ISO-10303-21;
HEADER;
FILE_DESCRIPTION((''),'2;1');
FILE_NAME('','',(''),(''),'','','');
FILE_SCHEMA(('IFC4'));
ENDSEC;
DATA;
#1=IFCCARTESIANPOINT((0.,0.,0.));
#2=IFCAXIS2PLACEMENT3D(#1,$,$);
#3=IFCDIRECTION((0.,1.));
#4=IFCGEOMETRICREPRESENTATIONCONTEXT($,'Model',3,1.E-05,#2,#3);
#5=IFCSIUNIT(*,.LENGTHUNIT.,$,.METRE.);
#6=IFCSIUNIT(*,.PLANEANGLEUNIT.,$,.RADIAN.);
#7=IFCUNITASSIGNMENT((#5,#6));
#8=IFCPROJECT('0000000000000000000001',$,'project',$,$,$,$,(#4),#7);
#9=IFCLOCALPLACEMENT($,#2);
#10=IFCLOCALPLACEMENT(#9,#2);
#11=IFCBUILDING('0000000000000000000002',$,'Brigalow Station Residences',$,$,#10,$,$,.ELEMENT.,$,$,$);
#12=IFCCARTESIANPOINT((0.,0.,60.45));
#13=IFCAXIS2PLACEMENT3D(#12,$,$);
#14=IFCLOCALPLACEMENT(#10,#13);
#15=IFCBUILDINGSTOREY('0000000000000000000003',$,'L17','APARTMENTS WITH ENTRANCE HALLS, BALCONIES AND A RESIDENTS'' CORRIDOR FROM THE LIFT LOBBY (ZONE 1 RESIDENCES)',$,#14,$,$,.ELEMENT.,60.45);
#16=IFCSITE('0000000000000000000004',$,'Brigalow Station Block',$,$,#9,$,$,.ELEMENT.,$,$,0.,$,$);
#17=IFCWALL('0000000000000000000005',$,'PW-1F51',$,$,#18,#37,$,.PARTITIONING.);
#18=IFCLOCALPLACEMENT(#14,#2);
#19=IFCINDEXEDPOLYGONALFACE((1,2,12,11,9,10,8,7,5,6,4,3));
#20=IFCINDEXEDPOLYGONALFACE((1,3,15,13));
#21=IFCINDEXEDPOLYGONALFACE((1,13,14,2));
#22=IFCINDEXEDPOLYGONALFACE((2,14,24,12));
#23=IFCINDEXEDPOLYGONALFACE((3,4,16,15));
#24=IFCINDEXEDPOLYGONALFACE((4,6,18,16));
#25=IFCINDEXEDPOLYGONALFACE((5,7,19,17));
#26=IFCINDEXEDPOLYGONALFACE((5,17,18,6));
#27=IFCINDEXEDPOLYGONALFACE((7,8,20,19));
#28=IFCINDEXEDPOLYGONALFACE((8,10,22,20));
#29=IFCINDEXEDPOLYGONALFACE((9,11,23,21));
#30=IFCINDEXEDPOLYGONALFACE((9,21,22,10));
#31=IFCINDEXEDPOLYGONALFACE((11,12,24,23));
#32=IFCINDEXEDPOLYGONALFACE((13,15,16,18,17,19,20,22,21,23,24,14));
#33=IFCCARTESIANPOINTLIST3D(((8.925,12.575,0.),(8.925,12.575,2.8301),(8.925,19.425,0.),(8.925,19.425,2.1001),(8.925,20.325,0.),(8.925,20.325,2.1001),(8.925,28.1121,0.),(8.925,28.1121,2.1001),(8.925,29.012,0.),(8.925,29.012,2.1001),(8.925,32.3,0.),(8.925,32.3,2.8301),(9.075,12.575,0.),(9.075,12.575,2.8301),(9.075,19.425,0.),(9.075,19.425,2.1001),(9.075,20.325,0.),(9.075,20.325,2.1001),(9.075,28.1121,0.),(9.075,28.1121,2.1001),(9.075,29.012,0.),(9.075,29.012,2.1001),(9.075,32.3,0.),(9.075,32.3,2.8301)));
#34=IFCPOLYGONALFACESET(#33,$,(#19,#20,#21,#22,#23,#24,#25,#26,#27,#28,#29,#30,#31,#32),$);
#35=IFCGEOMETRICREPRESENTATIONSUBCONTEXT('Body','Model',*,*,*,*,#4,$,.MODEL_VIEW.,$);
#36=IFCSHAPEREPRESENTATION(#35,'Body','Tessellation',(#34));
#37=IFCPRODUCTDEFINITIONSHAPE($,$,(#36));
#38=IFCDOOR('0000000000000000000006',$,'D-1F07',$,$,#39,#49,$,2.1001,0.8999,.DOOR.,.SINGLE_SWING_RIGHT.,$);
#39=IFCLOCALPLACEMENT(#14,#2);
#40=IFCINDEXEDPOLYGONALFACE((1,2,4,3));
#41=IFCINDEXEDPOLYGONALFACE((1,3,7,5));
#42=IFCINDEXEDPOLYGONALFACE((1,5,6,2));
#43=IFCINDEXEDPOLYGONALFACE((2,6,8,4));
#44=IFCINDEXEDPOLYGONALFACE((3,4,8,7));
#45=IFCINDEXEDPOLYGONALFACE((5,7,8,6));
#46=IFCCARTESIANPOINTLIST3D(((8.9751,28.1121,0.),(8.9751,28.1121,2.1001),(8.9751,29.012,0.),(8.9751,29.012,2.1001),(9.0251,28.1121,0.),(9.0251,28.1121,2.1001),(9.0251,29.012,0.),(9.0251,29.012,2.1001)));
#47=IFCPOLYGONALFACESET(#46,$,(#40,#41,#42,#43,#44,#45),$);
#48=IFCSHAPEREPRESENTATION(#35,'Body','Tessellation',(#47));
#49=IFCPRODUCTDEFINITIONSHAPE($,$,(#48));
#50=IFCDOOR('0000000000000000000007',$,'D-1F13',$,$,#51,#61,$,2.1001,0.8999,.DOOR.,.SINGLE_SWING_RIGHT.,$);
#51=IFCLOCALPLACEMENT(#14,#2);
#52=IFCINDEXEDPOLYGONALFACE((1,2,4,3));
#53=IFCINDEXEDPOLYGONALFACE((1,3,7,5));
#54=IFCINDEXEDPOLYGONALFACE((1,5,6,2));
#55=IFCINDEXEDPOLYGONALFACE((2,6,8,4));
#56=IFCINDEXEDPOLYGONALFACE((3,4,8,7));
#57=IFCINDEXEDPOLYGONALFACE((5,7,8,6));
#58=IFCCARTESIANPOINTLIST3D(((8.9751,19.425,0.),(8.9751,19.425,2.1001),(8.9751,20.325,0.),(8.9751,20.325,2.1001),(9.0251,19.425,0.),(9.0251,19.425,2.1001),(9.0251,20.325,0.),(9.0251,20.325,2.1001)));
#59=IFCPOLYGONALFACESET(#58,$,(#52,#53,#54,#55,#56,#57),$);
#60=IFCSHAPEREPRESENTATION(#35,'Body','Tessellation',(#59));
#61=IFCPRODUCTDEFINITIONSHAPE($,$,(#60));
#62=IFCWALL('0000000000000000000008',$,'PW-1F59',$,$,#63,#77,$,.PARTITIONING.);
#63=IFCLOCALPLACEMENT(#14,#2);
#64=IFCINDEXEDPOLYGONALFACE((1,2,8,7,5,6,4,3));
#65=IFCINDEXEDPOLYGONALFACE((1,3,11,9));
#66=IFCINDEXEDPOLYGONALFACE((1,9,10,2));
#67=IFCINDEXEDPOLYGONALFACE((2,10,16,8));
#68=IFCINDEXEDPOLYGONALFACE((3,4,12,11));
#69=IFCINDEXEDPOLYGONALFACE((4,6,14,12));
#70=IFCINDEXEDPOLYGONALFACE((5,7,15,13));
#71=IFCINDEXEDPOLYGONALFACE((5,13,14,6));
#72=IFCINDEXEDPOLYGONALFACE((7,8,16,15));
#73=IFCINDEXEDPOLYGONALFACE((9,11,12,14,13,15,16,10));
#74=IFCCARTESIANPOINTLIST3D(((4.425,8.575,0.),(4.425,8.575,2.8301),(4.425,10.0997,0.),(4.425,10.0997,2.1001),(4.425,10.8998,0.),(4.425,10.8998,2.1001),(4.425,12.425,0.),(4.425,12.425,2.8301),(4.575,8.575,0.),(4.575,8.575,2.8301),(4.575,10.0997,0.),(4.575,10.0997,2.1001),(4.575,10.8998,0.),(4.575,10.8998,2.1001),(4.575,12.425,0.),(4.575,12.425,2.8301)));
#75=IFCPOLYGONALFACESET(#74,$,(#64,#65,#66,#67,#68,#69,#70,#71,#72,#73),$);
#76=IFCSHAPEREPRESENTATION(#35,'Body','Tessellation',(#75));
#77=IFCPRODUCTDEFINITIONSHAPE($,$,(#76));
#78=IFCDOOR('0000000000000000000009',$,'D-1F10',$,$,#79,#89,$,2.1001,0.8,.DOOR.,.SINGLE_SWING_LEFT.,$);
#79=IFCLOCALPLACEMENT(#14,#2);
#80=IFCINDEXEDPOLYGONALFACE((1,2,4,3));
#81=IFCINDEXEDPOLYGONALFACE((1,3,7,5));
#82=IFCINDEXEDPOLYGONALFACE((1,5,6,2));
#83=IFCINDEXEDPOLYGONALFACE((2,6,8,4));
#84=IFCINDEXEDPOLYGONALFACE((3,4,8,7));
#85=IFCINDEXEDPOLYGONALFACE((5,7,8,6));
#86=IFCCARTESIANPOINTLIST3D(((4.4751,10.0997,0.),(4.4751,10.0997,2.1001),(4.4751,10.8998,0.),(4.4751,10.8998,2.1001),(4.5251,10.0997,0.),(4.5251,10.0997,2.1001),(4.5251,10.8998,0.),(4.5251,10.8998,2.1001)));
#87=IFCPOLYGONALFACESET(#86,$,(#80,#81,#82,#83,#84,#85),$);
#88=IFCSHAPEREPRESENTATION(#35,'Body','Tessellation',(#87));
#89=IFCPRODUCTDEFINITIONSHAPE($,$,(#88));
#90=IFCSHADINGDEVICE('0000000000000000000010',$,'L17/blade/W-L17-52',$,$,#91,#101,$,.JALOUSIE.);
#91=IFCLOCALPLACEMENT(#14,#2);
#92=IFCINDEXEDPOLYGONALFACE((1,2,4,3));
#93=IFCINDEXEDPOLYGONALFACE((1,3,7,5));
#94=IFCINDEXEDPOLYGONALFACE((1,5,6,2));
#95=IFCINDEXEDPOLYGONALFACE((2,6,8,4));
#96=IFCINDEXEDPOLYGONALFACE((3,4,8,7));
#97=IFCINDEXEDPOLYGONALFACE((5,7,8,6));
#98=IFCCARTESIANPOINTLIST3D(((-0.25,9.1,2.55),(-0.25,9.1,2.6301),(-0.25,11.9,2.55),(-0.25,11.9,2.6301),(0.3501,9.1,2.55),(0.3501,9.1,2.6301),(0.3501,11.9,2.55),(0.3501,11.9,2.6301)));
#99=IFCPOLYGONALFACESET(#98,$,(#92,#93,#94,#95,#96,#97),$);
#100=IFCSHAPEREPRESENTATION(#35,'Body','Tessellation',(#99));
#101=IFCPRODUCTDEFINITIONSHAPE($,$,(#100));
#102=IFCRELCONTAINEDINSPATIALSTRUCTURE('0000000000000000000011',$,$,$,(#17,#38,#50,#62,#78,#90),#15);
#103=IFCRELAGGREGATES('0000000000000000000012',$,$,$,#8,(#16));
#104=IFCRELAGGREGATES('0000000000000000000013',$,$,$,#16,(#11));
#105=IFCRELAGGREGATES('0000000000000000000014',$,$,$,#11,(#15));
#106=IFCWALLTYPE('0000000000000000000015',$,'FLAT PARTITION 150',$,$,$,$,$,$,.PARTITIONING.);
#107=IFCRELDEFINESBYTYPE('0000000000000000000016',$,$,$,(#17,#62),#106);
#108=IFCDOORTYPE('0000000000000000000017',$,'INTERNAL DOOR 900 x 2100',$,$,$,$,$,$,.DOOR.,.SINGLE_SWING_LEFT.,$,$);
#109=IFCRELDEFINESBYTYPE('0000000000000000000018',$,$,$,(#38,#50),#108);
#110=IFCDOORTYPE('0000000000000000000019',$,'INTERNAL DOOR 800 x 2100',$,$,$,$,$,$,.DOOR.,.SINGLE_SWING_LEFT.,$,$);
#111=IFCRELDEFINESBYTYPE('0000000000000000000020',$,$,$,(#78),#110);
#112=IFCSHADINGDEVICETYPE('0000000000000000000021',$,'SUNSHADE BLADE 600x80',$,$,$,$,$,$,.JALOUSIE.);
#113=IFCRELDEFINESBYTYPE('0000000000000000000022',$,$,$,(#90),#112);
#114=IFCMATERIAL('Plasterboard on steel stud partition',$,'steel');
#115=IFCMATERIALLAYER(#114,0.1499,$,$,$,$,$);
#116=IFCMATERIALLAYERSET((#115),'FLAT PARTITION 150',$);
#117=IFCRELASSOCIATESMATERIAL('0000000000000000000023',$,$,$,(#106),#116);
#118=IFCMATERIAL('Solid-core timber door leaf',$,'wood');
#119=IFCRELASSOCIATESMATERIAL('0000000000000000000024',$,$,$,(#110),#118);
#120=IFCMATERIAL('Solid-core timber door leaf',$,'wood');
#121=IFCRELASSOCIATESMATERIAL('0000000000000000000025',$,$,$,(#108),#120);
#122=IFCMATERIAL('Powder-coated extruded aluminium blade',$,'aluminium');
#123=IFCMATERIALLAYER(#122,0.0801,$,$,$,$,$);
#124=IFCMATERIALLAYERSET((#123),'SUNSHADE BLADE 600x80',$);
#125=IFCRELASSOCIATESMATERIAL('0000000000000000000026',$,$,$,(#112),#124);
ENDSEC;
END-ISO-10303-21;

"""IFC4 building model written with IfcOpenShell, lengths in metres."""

from ifc_helpers import new_model, si_unit, direction, frame, frame_2d, origin, origin_2d, place, context, subcontext, project, spatial, rectangle, extrude, material, layer, layer_set, type_object, element, fill, save


model = new_model("IFC4")

# Units and contexts
model_context = context("Model", 3, precision=1e-05, world=origin(), true_north=direction((0.0, 1.0)))
body_context = subcontext(model_context, "Body", "Model", "MODEL_VIEW")
ifc_project = project(units=[si_unit("LENGTHUNIT", "METRE"), si_unit("PLANEANGLEUNIT", "RADIAN")], contexts=[model_context])

# Site, building, storey
site_placement = place(None, origin())
site = spatial("IfcSite", under=ifc_project, at=site_placement, Name="Brigalow Station Block", CompositionType="ELEMENT", RefElevation=0.0)
building_placement = place(site_placement, origin())
building = spatial("IfcBuilding", under=site, at=building_placement, Name="Brigalow Station Residences", CompositionType="ELEMENT")
storey_placement = place(building_placement, frame((0.0, 0.0, 60.45)))
storey = spatial("IfcBuildingStorey", under=building, at=storey_placement, Name="L17", Description="APARTMENTS WITH ENTRANCE HALLS, BALCONIES AND A RESIDENTS' CORRIDOR FROM THE LIFT LOBBY (ZONE 1 RESIDENCES)", CompositionType="ELEMENT", Elevation=60.45)

# Shared definitions
ifc_material_1 = material(Name="Plasterboard on steel stud partition", Category="steel")
ifc_layer_1 = layer(ifc_material_1, 0.1499)
ifc_layer_set_1 = layer_set([ifc_layer_1], Name="FLAT PARTITION 150")
wall_type_1 = type_object("IfcWallType", Name="FLAT PARTITION 150", PredefinedType="PARTITIONING", material=ifc_layer_set_1)
ifc_material_2 = material(Name="Solid-core timber door leaf", Category="wood")
door_type_1 = type_object("IfcDoorType", Name="INTERNAL DOOR 800 x 2100", OperationType="SINGLE_SWING_LEFT", PredefinedType="DOOR", material=ifc_material_2)
ifc_material_3 = material(Name="Solid-core timber door leaf", Category="wood")
door_type_2 = type_object("IfcDoorType", Name="INTERNAL DOOR 900 x 2100", OperationType="SINGLE_SWING_LEFT", PredefinedType="DOOR", material=ifc_material_3)

# Wall, openings, doors
wall_1_placement = place(storey_placement, frame((9.0, 12.575, 0.0), z_axis=(0.0, 0.0, 1.0), x_axis=(0.0, 1.0, 0.0)))
wall_1 = element("IfcWall", 1, at=wall_1_placement, inside=storey, type_object=wall_type_1, Name="PW-1F51", PredefinedType="PARTITIONING", context=body_context, shape_type="SweptSolid", body=[
    extrude(rectangle(XDim=19.7251, YDim=0.1499, at=frame_2d((9.8625, 0.0))), origin(), (0.0, 0.0, 1.0), 2.8301),
])
opening_1_placement = place(wall_1_placement, frame((15.5371, 0.0, 0.0)))
opening_1 = element("IfcOpeningElement", 2, at=opening_1_placement, cuts=wall_1, PredefinedType="OPENING", context=body_context, shape_type="SweptSolid", body=[
    extrude(rectangle(XDim=0.8999, YDim=2.1001, at=frame_2d((0.45, 1.05))), frame((0.0, 0.085, 0.0), z_axis=(0.0, -1.0, 0.0), x_axis=(1.0, 0.0, 0.0)), (0.0, 0.0, 1.0), 0.1699),
])
opening_2_placement = place(wall_1_placement, frame((6.8501, 0.0, 0.0)))
opening_2 = element("IfcOpeningElement", 3, at=opening_2_placement, cuts=wall_1, PredefinedType="OPENING", context=body_context, shape_type="SweptSolid", body=[
    extrude(rectangle(XDim=0.8999, YDim=2.1001, at=frame_2d((0.45, 1.05))), frame((0.0, 0.085, 0.0), z_axis=(0.0, -1.0, 0.0), x_axis=(1.0, 0.0, 0.0)), (0.0, 0.0, 1.0), 0.1699),
])
door_1_placement = place(opening_1_placement, origin())
door_1 = element("IfcDoor", 4, at=door_1_placement, inside=storey, type_object=door_type_2, Name="D-1F07", OperationType="SINGLE_SWING_RIGHT", OverallHeight=2.1001, OverallWidth=0.8999, PredefinedType="DOOR", context=body_context, shape_type="SweptSolid", body=[
    extrude(rectangle(XDim=0.8999, YDim=2.1001, at=frame_2d((0.45, 1.05))), frame((0.0, 0.0249, 0.0), z_axis=(0.0, -1.0, 0.0), x_axis=(1.0, 0.0, 0.0)), (0.0, 0.0, 1.0), 0.05),
])
fill(opening_1, door_1)
door_2_placement = place(opening_2_placement, origin())
door_2 = element("IfcDoor", 5, at=door_2_placement, inside=storey, type_object=door_type_2, Name="D-1F13", OperationType="SINGLE_SWING_RIGHT", OverallHeight=2.1001, OverallWidth=0.8999, PredefinedType="DOOR", context=body_context, shape_type="SweptSolid", body=[
    extrude(rectangle(XDim=0.8999, YDim=2.1001, at=frame_2d((0.45, 1.05))), frame((0.0, 0.0249, 0.0), z_axis=(0.0, -1.0, 0.0), x_axis=(1.0, 0.0, 0.0)), (0.0, 0.0, 1.0), 0.05),
])
fill(opening_2, door_2)

# Wall, opening, door
wall_2_placement = place(storey_placement, frame((4.5, 8.575, 0.0), z_axis=(0.0, 0.0, 1.0), x_axis=(0.0, 1.0, 0.0)))
wall_2 = element("IfcWall", 6, at=wall_2_placement, inside=storey, type_object=wall_type_1, Name="PW-1F59", PredefinedType="PARTITIONING", context=body_context, shape_type="SweptSolid", body=[
    extrude(rectangle(XDim=3.8501, YDim=0.1499, at=frame_2d((1.925, 0.0))), origin(), (0.0, 0.0, 1.0), 2.8301),
])
opening_3_placement = place(wall_2_placement, frame((1.5249, 0.0, 0.0)))
opening_3 = element("IfcOpeningElement", 7, at=opening_3_placement, cuts=wall_2, PredefinedType="OPENING", context=body_context, shape_type="SweptSolid", body=[
    extrude(rectangle(XDim=0.8, YDim=2.1001, at=frame_2d((0.3999, 1.05))), frame((0.0, 0.085, 0.0), z_axis=(0.0, -1.0, 0.0), x_axis=(1.0, 0.0, 0.0)), (0.0, 0.0, 1.0), 0.1699),
])
door_3_placement = place(opening_3_placement, origin())
door_3 = element("IfcDoor", 8, at=door_3_placement, inside=storey, type_object=door_type_1, Name="D-1F10", OperationType="SINGLE_SWING_LEFT", OverallHeight=2.1001, OverallWidth=0.8, PredefinedType="DOOR", context=body_context, shape_type="SweptSolid", body=[
    extrude(rectangle(XDim=0.8, YDim=2.1001, at=frame_2d((0.3999, 1.05))), frame((0.0, 0.0249, 0.0), z_axis=(0.0, -1.0, 0.0), x_axis=(1.0, 0.0, 0.0)), (0.0, 0.0, 1.0), 0.05),
])
fill(opening_3, door_3)

# Shading device
ifc_material_4 = material(Name="Powder-coated extruded aluminium blade", Category="aluminium")
ifc_layer_2 = layer(ifc_material_4, 0.0801)
ifc_layer_set_2 = layer_set([ifc_layer_2], Name="SUNSHADE BLADE 600x80")
shading_device_type = type_object("IfcShadingDeviceType", Name="SUNSHADE BLADE 600x80", PredefinedType="JALOUSIE", material=ifc_layer_set_2)
shading_device_placement = place(storey_placement, frame((0.05, 10.5, 2.55), z_axis=(0.0, 0.0, 1.0), x_axis=(0.0, -1.0, 0.0)))
element("IfcShadingDevice", 9, at=shading_device_placement, inside=storey, type_object=shading_device_type, Name="L17/blade/W-L17-52", PredefinedType="JALOUSIE", context=body_context, shape_type="SweptSolid", body=[
    extrude(rectangle(XDim=2.8, YDim=0.6001, at=origin_2d()), origin(), (0.0, 0.0, 1.0), 0.0801),
])

save(model, "model.ifc")
